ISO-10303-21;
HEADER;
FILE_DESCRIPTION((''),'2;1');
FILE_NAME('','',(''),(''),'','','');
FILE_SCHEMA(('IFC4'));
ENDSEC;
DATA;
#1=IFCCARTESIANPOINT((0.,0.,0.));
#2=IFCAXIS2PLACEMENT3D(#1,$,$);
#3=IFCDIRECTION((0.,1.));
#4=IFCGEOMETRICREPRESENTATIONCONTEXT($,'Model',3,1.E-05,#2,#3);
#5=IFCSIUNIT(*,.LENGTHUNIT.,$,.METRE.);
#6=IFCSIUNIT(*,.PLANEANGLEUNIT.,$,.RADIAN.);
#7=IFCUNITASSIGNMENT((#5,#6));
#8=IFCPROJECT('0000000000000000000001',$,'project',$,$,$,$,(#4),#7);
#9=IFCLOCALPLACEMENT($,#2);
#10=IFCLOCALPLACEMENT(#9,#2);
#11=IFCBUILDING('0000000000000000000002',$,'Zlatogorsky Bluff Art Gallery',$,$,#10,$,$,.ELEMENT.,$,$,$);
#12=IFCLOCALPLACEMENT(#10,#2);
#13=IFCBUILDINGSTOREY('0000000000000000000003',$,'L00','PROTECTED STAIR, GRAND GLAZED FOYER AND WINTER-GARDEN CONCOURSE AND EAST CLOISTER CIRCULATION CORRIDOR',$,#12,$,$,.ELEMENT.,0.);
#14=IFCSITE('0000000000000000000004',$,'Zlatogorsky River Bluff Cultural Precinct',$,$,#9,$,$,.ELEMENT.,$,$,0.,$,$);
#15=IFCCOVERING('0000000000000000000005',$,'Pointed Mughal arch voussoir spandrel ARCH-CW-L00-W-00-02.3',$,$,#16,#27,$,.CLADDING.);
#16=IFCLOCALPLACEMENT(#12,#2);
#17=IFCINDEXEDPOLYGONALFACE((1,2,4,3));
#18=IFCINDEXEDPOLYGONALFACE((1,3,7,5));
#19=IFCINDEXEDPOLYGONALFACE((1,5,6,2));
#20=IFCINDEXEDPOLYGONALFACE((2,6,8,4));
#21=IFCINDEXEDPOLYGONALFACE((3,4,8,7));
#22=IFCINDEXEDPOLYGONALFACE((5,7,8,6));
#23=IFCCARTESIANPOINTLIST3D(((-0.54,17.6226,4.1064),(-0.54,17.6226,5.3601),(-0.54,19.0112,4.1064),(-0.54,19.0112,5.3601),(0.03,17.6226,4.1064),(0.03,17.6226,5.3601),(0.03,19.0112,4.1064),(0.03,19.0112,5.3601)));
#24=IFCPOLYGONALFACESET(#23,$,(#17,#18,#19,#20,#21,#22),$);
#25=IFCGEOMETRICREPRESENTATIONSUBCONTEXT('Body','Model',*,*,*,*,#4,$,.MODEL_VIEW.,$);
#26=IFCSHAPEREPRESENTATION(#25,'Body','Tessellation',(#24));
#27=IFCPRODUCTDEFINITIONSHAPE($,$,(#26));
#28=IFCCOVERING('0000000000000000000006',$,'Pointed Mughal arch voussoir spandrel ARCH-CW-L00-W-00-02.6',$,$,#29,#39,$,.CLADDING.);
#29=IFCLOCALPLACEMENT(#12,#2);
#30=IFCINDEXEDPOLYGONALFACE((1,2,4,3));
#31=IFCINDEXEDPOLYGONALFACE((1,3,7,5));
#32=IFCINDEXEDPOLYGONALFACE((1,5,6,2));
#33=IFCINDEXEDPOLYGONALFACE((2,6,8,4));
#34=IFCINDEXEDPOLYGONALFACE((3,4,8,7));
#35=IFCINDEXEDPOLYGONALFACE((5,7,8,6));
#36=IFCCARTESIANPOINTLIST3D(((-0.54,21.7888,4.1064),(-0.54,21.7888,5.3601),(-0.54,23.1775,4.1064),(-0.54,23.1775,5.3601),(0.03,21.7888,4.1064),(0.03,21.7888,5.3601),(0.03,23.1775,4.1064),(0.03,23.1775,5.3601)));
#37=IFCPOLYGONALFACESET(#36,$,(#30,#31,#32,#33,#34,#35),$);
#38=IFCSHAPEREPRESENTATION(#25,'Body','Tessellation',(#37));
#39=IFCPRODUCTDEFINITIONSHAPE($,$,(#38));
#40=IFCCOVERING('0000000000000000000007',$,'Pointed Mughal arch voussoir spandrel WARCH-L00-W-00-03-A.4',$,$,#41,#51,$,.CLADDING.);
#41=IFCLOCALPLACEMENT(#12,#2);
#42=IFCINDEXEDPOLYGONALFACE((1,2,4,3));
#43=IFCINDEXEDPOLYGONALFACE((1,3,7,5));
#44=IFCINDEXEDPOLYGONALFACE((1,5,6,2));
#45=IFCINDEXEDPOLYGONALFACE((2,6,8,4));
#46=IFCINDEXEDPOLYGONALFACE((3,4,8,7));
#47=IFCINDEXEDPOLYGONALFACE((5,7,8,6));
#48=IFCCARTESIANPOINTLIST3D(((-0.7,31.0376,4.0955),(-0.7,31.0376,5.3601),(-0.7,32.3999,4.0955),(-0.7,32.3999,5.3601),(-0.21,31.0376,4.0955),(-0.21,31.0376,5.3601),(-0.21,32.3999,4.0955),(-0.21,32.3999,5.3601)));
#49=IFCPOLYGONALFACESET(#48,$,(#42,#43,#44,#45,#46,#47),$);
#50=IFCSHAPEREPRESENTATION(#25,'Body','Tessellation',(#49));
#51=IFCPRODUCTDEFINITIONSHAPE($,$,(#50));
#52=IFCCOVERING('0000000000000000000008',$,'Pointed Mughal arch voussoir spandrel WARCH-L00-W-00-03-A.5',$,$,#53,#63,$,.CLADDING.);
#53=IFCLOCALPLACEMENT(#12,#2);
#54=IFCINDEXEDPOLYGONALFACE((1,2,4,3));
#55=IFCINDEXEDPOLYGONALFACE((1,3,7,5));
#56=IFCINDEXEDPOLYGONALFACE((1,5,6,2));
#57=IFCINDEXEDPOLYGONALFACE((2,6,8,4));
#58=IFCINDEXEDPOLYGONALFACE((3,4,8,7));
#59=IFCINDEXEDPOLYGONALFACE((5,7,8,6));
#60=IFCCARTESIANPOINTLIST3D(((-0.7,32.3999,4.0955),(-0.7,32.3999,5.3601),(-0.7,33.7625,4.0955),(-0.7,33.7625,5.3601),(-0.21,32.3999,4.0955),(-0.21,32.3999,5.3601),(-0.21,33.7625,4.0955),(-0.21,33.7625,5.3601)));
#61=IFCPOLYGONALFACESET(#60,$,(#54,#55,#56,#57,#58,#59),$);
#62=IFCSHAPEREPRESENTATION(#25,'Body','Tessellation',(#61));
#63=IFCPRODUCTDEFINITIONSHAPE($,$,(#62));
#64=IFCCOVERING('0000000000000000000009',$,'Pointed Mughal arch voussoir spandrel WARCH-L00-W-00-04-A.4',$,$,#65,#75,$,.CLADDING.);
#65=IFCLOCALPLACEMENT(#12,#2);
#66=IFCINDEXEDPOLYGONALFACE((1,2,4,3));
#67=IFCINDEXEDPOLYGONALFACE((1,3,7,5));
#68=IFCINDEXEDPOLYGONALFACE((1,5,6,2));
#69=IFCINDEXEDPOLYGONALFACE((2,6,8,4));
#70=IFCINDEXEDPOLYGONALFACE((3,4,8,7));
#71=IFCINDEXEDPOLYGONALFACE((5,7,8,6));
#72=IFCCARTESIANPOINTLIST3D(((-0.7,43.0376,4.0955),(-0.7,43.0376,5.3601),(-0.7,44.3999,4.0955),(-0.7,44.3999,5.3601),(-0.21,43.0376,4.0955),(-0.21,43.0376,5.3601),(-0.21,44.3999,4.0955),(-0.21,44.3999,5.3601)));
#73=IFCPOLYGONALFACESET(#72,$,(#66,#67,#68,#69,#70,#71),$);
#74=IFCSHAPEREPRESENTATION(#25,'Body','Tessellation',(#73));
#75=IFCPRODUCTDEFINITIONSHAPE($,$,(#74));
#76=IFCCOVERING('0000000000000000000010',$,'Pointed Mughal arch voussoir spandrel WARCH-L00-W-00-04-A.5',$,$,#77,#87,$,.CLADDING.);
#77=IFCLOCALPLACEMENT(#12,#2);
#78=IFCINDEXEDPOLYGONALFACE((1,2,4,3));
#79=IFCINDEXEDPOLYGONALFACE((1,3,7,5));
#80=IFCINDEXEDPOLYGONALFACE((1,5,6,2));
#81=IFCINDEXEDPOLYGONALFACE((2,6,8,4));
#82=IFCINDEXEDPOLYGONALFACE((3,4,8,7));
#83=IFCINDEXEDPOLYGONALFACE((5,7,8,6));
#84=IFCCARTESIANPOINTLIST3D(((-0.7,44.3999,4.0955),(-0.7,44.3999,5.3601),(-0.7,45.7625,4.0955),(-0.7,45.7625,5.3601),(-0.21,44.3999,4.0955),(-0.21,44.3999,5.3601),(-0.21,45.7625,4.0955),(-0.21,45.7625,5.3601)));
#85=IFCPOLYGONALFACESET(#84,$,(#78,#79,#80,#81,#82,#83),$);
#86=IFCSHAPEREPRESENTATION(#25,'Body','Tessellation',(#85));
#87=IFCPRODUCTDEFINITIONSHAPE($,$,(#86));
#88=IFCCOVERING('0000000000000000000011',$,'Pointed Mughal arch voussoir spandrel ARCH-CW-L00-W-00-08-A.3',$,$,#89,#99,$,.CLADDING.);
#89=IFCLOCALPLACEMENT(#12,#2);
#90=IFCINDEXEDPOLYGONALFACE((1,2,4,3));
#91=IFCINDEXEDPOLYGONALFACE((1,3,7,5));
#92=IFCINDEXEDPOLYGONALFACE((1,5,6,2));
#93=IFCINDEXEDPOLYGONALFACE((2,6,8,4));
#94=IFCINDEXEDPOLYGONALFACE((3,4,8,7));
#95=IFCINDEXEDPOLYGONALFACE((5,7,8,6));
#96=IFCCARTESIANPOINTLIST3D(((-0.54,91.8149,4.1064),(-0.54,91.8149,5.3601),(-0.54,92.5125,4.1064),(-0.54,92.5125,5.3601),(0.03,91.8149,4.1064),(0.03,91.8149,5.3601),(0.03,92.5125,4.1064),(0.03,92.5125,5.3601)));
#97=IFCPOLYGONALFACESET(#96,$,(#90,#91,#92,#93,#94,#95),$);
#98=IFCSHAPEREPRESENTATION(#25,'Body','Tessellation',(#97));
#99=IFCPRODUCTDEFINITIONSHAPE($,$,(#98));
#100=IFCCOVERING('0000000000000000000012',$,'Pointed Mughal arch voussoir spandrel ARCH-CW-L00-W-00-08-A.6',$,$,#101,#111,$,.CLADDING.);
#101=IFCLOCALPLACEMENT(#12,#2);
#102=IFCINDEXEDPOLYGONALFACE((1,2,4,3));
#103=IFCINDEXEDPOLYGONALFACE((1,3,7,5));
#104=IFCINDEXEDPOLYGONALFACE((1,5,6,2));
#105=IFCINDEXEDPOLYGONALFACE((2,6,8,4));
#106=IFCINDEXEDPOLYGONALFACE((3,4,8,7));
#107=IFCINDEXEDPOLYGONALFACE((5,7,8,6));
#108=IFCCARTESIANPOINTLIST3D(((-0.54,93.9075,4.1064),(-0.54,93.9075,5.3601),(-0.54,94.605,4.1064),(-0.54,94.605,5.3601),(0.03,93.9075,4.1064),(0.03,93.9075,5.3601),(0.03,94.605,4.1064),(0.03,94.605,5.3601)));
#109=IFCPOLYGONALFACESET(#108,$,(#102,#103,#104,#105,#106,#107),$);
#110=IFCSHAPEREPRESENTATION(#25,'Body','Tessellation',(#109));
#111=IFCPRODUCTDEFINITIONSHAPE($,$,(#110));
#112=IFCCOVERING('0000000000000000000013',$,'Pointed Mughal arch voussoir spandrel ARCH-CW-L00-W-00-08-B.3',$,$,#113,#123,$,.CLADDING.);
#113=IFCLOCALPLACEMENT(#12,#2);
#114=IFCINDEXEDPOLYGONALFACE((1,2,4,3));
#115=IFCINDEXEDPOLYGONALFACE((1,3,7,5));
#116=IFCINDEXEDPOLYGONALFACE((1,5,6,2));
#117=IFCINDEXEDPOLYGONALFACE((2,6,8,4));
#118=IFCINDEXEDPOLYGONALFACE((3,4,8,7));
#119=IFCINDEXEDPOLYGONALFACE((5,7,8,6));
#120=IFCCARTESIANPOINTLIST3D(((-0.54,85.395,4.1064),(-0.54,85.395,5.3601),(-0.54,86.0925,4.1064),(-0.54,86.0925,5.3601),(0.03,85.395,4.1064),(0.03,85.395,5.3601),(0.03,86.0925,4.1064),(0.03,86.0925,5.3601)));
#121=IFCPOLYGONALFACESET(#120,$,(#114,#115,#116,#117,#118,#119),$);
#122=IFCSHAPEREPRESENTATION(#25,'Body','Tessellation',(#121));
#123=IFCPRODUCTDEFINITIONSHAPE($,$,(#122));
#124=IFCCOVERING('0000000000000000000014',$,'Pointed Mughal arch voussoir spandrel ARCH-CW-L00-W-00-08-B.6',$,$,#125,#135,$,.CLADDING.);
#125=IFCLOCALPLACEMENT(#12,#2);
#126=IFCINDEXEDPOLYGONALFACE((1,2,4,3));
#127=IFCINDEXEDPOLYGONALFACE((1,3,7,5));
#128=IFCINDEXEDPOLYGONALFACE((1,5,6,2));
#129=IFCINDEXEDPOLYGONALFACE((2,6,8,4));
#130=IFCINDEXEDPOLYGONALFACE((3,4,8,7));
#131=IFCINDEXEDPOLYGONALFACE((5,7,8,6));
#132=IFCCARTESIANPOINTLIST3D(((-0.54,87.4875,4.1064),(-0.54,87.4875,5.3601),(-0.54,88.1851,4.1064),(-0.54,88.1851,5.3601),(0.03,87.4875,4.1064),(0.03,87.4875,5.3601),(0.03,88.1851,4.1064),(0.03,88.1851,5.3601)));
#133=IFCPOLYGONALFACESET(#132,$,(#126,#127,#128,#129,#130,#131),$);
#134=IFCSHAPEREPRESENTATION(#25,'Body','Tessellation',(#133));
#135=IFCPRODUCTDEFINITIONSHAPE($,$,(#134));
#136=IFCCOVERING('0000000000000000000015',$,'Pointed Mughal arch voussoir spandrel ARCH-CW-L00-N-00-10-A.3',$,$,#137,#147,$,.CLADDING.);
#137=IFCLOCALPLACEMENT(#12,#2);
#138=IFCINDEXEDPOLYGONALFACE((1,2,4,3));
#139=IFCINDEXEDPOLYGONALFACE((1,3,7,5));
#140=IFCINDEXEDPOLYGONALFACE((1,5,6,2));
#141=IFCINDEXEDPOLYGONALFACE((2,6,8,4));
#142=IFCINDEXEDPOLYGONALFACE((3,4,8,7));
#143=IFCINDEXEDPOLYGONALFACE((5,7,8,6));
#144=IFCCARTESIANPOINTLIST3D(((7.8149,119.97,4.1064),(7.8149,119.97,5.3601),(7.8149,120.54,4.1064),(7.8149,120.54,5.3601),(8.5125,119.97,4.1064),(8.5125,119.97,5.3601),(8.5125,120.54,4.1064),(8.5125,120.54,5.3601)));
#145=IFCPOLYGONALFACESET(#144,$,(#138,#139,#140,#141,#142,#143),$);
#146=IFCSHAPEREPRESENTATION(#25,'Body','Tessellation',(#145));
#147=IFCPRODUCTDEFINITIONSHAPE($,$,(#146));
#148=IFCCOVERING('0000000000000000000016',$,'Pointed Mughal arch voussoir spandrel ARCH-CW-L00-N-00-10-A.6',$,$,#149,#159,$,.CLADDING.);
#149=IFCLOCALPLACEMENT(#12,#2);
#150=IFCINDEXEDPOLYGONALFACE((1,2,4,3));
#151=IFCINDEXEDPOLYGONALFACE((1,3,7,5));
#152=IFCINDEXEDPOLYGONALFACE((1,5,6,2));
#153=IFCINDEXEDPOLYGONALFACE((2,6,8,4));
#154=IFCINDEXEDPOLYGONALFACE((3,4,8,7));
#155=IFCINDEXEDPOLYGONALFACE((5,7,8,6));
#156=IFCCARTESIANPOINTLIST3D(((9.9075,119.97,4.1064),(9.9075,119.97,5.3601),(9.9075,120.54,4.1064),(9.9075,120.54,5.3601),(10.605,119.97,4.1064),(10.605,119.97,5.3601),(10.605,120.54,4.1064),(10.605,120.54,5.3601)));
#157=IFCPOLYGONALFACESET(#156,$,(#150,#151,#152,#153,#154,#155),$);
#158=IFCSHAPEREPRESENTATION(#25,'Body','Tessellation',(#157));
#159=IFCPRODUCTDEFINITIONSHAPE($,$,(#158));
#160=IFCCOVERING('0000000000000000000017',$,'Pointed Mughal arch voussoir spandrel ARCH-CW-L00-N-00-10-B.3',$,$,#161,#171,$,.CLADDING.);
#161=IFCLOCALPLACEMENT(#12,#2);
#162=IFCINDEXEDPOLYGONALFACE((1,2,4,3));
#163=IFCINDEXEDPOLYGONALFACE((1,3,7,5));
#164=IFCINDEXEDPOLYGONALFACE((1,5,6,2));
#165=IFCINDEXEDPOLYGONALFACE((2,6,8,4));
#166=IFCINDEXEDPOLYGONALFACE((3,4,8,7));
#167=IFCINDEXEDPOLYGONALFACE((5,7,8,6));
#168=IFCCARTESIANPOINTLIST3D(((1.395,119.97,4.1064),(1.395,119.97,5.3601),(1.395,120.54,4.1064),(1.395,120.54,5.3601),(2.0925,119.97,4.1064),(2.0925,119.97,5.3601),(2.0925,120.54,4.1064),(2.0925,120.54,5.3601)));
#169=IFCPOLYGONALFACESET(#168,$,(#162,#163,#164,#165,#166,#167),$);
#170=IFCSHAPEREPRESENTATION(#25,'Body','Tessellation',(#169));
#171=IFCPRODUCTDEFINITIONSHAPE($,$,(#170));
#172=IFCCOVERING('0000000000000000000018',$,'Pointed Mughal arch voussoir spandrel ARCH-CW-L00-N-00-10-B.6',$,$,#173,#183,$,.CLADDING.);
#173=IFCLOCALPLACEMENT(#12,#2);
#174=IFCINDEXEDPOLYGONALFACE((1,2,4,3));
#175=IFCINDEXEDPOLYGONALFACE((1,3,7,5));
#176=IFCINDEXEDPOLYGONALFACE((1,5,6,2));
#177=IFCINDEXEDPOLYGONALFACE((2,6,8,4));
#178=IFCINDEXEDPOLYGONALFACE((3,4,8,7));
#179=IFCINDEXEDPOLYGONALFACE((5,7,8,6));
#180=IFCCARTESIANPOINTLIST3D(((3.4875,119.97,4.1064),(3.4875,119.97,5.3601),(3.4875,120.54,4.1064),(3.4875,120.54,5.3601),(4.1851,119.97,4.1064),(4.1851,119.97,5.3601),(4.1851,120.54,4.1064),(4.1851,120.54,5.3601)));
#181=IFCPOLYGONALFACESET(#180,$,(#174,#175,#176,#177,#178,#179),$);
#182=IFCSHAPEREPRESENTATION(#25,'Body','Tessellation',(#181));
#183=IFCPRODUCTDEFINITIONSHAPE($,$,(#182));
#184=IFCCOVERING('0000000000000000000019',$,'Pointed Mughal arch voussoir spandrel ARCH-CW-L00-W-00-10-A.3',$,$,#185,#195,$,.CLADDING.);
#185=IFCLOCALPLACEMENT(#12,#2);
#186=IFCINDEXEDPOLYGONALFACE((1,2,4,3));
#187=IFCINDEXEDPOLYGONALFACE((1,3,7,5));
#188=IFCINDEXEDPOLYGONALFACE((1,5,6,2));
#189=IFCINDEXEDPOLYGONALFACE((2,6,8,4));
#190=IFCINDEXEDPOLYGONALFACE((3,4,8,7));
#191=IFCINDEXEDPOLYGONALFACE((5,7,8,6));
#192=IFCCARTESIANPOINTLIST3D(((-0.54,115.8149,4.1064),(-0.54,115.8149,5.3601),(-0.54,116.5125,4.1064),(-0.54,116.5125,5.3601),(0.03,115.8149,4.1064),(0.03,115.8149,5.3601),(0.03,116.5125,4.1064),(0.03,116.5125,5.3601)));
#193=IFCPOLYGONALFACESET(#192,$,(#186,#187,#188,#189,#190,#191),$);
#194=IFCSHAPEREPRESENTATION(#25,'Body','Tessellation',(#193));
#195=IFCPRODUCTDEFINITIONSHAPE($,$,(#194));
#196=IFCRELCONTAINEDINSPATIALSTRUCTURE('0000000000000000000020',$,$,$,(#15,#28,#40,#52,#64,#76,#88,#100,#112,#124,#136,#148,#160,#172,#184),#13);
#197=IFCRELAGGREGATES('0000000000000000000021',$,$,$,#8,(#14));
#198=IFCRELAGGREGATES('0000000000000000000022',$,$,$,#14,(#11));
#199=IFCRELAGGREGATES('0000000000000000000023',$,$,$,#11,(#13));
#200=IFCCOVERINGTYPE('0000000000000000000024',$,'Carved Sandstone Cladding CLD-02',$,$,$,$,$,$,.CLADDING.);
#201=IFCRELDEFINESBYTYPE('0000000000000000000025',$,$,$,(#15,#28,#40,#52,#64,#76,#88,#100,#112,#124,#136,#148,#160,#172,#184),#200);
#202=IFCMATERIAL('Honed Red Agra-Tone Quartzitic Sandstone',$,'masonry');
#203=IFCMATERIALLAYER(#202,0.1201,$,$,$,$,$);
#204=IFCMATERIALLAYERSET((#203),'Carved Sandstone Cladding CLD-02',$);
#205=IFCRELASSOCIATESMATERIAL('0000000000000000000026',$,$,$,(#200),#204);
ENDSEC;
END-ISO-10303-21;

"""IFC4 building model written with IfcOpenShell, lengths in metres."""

from ifc_helpers import new_model, si_unit, direction, frame, origin, place, context, subcontext, project, spatial, polyline, outline, extrude, material, layer, layer_set, type_object, element, save


model = new_model("IFC4")

# Units and contexts
model_context = context("Model", 3, precision=1e-05, world=origin(), true_north=direction((0.0, 1.0)))
body_context = subcontext(model_context, "Body", "Model", "MODEL_VIEW")
ifc_project = project(units=[si_unit("LENGTHUNIT", "METRE"), si_unit("PLANEANGLEUNIT", "RADIAN")], contexts=[model_context])

# Site, building, storey
site_placement = place(None, origin())
site = spatial("IfcSite", under=ifc_project, at=site_placement, Name="Zlatogorsky River Bluff Cultural Precinct", CompositionType="ELEMENT", RefElevation=0.0)
building_placement = place(site_placement, origin())
building = spatial("IfcBuilding", under=site, at=building_placement, Name="Zlatogorsky Bluff Art Gallery", CompositionType="ELEMENT")
storey_placement = place(building_placement, origin())
storey = spatial("IfcBuildingStorey", under=building, at=storey_placement, Name="L00", Description="PROTECTED STAIR, GRAND GLAZED FOYER AND WINTER-GARDEN CONCOURSE AND EAST CLOISTER CIRCULATION CORRIDOR", CompositionType="ELEMENT", Elevation=0.0)

# Coverings
ifc_material = material(Name="Honed Red Agra-Tone Quartzitic Sandstone", Category="masonry")
ifc_layer = layer(ifc_material, 0.1201)
ifc_layer_set = layer_set([ifc_layer], Name="Carved Sandstone Cladding CLD-02")
covering_type = type_object("IfcCoveringType", Name="Carved Sandstone Cladding CLD-02", PredefinedType="CLADDING", material=ifc_layer_set)
covering_1_placement = place(storey_placement, frame((0.0, 0.0, 4.1064)))
element("IfcCovering", 1, at=covering_1_placement, inside=storey, type_object=covering_type, Name="Pointed Mughal arch voussoir spandrel ARCH-CW-L00-W-00-02.3", PredefinedType="CLADDING", context=body_context, shape_type="SweptSolid", body=[
    extrude(outline(polyline([(-0.54, 17.6226), (-0.54, 19.0112), (0.03, 19.0112), (0.03, 17.6226), (-0.54, 17.6226)])), origin(), (0.0, 0.0, 1.0), 1.2537),
])
covering_2_placement = place(storey_placement, frame((0.0, 0.0, 4.1064)))
element("IfcCovering", 2, at=covering_2_placement, inside=storey, type_object=covering_type, Name="Pointed Mughal arch voussoir spandrel ARCH-CW-L00-W-00-02.6", PredefinedType="CLADDING", context=body_context, shape_type="SweptSolid", body=[
    extrude(outline(polyline([(-0.54, 21.7888), (-0.54, 23.1775), (0.03, 23.1775), (0.03, 21.7888), (-0.54, 21.7888)])), origin(), (0.0, 0.0, 1.0), 1.2537),
])
covering_3_placement = place(storey_placement, frame((0.0, 0.0, 4.0955)))
element("IfcCovering", 3, at=covering_3_placement, inside=storey, type_object=covering_type, Name="Pointed Mughal arch voussoir spandrel WARCH-L00-W-00-03-A.4", PredefinedType="CLADDING", context=body_context, shape_type="SweptSolid", body=[
    extrude(outline(polyline([(-0.7, 31.0376), (-0.7, 32.3999), (-0.21, 32.3999), (-0.21, 31.0376), (-0.7, 31.0376)])), origin(), (0.0, 0.0, 1.0), 1.2646),
])
covering_4_placement = place(storey_placement, frame((0.0, 0.0, 4.0955)))
element("IfcCovering", 4, at=covering_4_placement, inside=storey, type_object=covering_type, Name="Pointed Mughal arch voussoir spandrel WARCH-L00-W-00-03-A.5", PredefinedType="CLADDING", context=body_context, shape_type="SweptSolid", body=[
    extrude(outline(polyline([(-0.7, 32.3999), (-0.7, 33.7625), (-0.21, 33.7625), (-0.21, 32.3999), (-0.7, 32.3999)])), origin(), (0.0, 0.0, 1.0), 1.2646),
])
covering_5_placement = place(storey_placement, frame((0.0, 0.0, 4.0955)))
element("IfcCovering", 5, at=covering_5_placement, inside=storey, type_object=covering_type, Name="Pointed Mughal arch voussoir spandrel WARCH-L00-W-00-04-A.4", PredefinedType="CLADDING", context=body_context, shape_type="SweptSolid", body=[
    extrude(outline(polyline([(-0.7, 43.0376), (-0.7, 44.3999), (-0.21, 44.3999), (-0.21, 43.0376), (-0.7, 43.0376)])), origin(), (0.0, 0.0, 1.0), 1.2646),
])
covering_6_placement = place(storey_placement, frame((0.0, 0.0, 4.0955)))
element("IfcCovering", 6, at=covering_6_placement, inside=storey, type_object=covering_type, Name="Pointed Mughal arch voussoir spandrel WARCH-L00-W-00-04-A.5", PredefinedType="CLADDING", context=body_context, shape_type="SweptSolid", body=[
    extrude(outline(polyline([(-0.7, 44.3999), (-0.7, 45.7625), (-0.21, 45.7625), (-0.21, 44.3999), (-0.7, 44.3999)])), origin(), (0.0, 0.0, 1.0), 1.2646),
])
covering_7_placement = place(storey_placement, frame((0.0, 0.0, 4.1064)))
element("IfcCovering", 7, at=covering_7_placement, inside=storey, type_object=covering_type, Name="Pointed Mughal arch voussoir spandrel ARCH-CW-L00-W-00-08-A.3", PredefinedType="CLADDING", context=body_context, shape_type="SweptSolid", body=[
    extrude(outline(polyline([(-0.54, 91.8149), (-0.54, 92.5125), (0.03, 92.5125), (0.03, 91.8149), (-0.54, 91.8149)])), origin(), (0.0, 0.0, 1.0), 1.2537),
])
covering_8_placement = place(storey_placement, frame((0.0, 0.0, 4.1064)))
element("IfcCovering", 8, at=covering_8_placement, inside=storey, type_object=covering_type, Name="Pointed Mughal arch voussoir spandrel ARCH-CW-L00-W-00-08-A.6", PredefinedType="CLADDING", context=body_context, shape_type="SweptSolid", body=[
    extrude(outline(polyline([(-0.54, 93.9075), (-0.54, 94.605), (0.03, 94.605), (0.03, 93.9075), (-0.54, 93.9075)])), origin(), (0.0, 0.0, 1.0), 1.2537),
])
covering_9_placement = place(storey_placement, frame((0.0, 0.0, 4.1064)))
element("IfcCovering", 9, at=covering_9_placement, inside=storey, type_object=covering_type, Name="Pointed Mughal arch voussoir spandrel ARCH-CW-L00-W-00-08-B.3", PredefinedType="CLADDING", context=body_context, shape_type="SweptSolid", body=[
    extrude(outline(polyline([(-0.54, 85.395), (-0.54, 86.0925), (0.03, 86.0925), (0.03, 85.395), (-0.54, 85.395)])), origin(), (0.0, 0.0, 1.0), 1.2537),
])
covering_10_placement = place(storey_placement, frame((0.0, 0.0, 4.1064)))
element("IfcCovering", 10, at=covering_10_placement, inside=storey, type_object=covering_type, Name="Pointed Mughal arch voussoir spandrel ARCH-CW-L00-W-00-08-B.6", PredefinedType="CLADDING", context=body_context, shape_type="SweptSolid", body=[
    extrude(outline(polyline([(-0.54, 87.4875), (-0.54, 88.1851), (0.03, 88.1851), (0.03, 87.4875), (-0.54, 87.4875)])), origin(), (0.0, 0.0, 1.0), 1.2537),
])
covering_11_placement = place(storey_placement, frame((0.0, 0.0, 4.1064)))
element("IfcCovering", 11, at=covering_11_placement, inside=storey, type_object=covering_type, Name="Pointed Mughal arch voussoir spandrel ARCH-CW-L00-N-00-10-A.3", PredefinedType="CLADDING", context=body_context, shape_type="SweptSolid", body=[
    extrude(outline(polyline([(7.8149, 119.97), (8.5125, 119.97), (8.5125, 120.54), (7.8149, 120.54), (7.8149, 119.97)])), origin(), (0.0, 0.0, 1.0), 1.2537),
])
covering_12_placement = place(storey_placement, frame((0.0, 0.0, 4.1064)))
element("IfcCovering", 12, at=covering_12_placement, inside=storey, type_object=covering_type, Name="Pointed Mughal arch voussoir spandrel ARCH-CW-L00-N-00-10-A.6", PredefinedType="CLADDING", context=body_context, shape_type="SweptSolid", body=[
    extrude(outline(polyline([(9.9075, 119.97), (10.605, 119.97), (10.605, 120.54), (9.9075, 120.54), (9.9075, 119.97)])), origin(), (0.0, 0.0, 1.0), 1.2537),
])
covering_13_placement = place(storey_placement, frame((0.0, 0.0, 4.1064)))
element("IfcCovering", 13, at=covering_13_placement, inside=storey, type_object=covering_type, Name="Pointed Mughal arch voussoir spandrel ARCH-CW-L00-N-00-10-B.3", PredefinedType="CLADDING", context=body_context, shape_type="SweptSolid", body=[
    extrude(outline(polyline([(1.395, 119.97), (2.0925, 119.97), (2.0925, 120.54), (1.395, 120.54), (1.395, 119.97)])), origin(), (0.0, 0.0, 1.0), 1.2537),
])
covering_14_placement = place(storey_placement, frame((0.0, 0.0, 4.1064)))
element("IfcCovering", 14, at=covering_14_placement, inside=storey, type_object=covering_type, Name="Pointed Mughal arch voussoir spandrel ARCH-CW-L00-N-00-10-B.6", PredefinedType="CLADDING", context=body_context, shape_type="SweptSolid", body=[
    extrude(outline(polyline([(3.4875, 119.97), (4.1851, 119.97), (4.1851, 120.54), (3.4875, 120.54), (3.4875, 119.97)])), origin(), (0.0, 0.0, 1.0), 1.2537),
])
covering_15_placement = place(storey_placement, frame((0.0, 0.0, 4.1064)))
element("IfcCovering", 15, at=covering_15_placement, inside=storey, type_object=covering_type, Name="Pointed Mughal arch voussoir spandrel ARCH-CW-L00-W-00-10-A.3", PredefinedType="CLADDING", context=body_context, shape_type="SweptSolid", body=[
    extrude(outline(polyline([(-0.54, 115.8149), (-0.54, 116.5125), (0.03, 116.5125), (0.03, 115.8149), (-0.54, 115.8149)])), origin(), (0.0, 0.0, 1.0), 1.2537),
])

save(model, "model.ifc")
